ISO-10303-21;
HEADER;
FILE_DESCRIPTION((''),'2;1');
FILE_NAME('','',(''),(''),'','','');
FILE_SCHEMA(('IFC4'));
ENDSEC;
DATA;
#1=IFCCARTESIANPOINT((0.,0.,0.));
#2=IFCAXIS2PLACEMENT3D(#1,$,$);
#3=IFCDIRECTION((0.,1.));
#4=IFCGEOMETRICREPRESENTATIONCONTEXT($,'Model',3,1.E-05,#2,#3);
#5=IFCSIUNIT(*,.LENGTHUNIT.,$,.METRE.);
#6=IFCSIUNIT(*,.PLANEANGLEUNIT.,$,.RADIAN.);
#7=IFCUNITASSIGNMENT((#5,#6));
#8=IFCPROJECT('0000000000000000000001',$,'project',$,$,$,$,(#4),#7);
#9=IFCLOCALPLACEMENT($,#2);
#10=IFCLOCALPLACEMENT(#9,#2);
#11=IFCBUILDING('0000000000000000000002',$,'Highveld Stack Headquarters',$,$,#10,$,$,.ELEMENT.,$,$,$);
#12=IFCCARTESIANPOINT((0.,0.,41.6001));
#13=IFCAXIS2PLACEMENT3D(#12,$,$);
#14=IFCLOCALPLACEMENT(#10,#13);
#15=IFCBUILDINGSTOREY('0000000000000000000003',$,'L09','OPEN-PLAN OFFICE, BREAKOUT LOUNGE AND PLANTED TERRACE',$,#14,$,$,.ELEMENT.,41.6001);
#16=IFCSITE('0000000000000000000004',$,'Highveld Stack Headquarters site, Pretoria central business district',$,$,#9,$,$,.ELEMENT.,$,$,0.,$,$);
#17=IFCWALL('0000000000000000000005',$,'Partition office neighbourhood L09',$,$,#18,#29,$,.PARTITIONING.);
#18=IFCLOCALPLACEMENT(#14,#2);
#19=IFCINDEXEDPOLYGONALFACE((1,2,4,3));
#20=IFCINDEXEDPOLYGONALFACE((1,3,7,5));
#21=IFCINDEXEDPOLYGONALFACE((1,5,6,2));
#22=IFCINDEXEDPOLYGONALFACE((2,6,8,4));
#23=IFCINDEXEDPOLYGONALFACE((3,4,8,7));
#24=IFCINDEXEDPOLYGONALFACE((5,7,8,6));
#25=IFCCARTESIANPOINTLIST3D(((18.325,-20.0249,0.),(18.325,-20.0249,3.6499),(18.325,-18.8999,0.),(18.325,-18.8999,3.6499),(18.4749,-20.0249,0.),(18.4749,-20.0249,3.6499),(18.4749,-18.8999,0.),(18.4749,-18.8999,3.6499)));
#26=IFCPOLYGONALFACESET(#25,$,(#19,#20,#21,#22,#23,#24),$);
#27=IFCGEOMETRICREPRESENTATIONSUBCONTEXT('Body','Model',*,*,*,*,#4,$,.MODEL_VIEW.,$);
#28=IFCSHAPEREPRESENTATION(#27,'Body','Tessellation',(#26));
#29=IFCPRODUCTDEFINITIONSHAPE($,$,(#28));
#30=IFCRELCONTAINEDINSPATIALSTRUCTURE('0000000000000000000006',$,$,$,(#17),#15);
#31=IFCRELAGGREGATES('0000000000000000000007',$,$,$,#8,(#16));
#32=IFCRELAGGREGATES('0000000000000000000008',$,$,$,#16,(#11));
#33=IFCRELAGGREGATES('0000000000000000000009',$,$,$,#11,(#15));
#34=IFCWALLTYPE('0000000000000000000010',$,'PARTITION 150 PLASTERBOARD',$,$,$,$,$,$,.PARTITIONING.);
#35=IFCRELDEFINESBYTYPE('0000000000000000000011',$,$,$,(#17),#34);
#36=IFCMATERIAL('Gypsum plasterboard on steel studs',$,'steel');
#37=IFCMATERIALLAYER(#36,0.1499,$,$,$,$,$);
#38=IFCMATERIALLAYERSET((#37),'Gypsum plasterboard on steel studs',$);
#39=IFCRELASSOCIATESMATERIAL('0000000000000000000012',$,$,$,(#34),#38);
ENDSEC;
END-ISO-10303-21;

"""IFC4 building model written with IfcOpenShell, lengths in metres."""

from ifc_helpers import new_model, si_unit, direction, frame, frame_2d, origin, place, context, subcontext, project, spatial, rectangle, extrude, material, layer, layer_set, type_object, element, save


model = new_model("IFC4")

# Units and contexts
model_context = context("Model", 3, precision=1e-05, world=origin(), true_north=direction((0.0, 1.0)))
body_context = subcontext(model_context, "Body", "Model", "MODEL_VIEW")
ifc_project = project(units=[si_unit("LENGTHUNIT", "METRE"), si_unit("PLANEANGLEUNIT", "RADIAN")], contexts=[model_context])

# Site, building, storey
site_placement = place(None, origin())
site = spatial("IfcSite", under=ifc_project, at=site_placement, Name="Highveld Stack Headquarters site, Pretoria central business district", CompositionType="ELEMENT", RefElevation=0.0)
building_placement = place(site_placement, origin())
building = spatial("IfcBuilding", under=site, at=building_placement, Name="Highveld Stack Headquarters", CompositionType="ELEMENT")
storey_placement = place(building_placement, frame((0.0, 0.0, 41.6001)))
storey = spatial("IfcBuildingStorey", under=building, at=storey_placement, Name="L09", Description="OPEN-PLAN OFFICE, BREAKOUT LOUNGE AND PLANTED TERRACE", CompositionType="ELEMENT", Elevation=41.6001)

# Shared definitions
ifc_material_1 = material(Name="Gypsum plasterboard on steel studs", Category="steel")
ifc_layer_1 = layer(ifc_material_1, 0.1499)
ifc_layer_set_1 = layer_set([ifc_layer_1], Name="Gypsum plasterboard on steel studs")
wall_type_1 = type_object("IfcWallType", Name="PARTITION 150 PLASTERBOARD", PredefinedType="PARTITIONING", material=ifc_layer_set_1)

# Wall
for number, where, z_axis, x_axis, name in (
    (1, (18.3999, -20.0249, 0.0), (0.0, 0.0, 1.0), (0.0, 1.0, 0.0), "Partition office neighbourhood L09"),
):
    element("IfcWall", number, at=place(storey_placement, frame(where, z_axis=z_axis, x_axis=x_axis)), inside=storey, type_object=wall_type_1, Name=name, PredefinedType="PARTITIONING", context=body_context, shape_type="SweptSolid", body=[
        extrude(rectangle(XDim=1.125, YDim=0.1499, at=frame_2d((0.5625, 0.0))), origin(), (0.0, 0.0, 1.0), 3.6499),
    ])

save(model, "model.ifc")
